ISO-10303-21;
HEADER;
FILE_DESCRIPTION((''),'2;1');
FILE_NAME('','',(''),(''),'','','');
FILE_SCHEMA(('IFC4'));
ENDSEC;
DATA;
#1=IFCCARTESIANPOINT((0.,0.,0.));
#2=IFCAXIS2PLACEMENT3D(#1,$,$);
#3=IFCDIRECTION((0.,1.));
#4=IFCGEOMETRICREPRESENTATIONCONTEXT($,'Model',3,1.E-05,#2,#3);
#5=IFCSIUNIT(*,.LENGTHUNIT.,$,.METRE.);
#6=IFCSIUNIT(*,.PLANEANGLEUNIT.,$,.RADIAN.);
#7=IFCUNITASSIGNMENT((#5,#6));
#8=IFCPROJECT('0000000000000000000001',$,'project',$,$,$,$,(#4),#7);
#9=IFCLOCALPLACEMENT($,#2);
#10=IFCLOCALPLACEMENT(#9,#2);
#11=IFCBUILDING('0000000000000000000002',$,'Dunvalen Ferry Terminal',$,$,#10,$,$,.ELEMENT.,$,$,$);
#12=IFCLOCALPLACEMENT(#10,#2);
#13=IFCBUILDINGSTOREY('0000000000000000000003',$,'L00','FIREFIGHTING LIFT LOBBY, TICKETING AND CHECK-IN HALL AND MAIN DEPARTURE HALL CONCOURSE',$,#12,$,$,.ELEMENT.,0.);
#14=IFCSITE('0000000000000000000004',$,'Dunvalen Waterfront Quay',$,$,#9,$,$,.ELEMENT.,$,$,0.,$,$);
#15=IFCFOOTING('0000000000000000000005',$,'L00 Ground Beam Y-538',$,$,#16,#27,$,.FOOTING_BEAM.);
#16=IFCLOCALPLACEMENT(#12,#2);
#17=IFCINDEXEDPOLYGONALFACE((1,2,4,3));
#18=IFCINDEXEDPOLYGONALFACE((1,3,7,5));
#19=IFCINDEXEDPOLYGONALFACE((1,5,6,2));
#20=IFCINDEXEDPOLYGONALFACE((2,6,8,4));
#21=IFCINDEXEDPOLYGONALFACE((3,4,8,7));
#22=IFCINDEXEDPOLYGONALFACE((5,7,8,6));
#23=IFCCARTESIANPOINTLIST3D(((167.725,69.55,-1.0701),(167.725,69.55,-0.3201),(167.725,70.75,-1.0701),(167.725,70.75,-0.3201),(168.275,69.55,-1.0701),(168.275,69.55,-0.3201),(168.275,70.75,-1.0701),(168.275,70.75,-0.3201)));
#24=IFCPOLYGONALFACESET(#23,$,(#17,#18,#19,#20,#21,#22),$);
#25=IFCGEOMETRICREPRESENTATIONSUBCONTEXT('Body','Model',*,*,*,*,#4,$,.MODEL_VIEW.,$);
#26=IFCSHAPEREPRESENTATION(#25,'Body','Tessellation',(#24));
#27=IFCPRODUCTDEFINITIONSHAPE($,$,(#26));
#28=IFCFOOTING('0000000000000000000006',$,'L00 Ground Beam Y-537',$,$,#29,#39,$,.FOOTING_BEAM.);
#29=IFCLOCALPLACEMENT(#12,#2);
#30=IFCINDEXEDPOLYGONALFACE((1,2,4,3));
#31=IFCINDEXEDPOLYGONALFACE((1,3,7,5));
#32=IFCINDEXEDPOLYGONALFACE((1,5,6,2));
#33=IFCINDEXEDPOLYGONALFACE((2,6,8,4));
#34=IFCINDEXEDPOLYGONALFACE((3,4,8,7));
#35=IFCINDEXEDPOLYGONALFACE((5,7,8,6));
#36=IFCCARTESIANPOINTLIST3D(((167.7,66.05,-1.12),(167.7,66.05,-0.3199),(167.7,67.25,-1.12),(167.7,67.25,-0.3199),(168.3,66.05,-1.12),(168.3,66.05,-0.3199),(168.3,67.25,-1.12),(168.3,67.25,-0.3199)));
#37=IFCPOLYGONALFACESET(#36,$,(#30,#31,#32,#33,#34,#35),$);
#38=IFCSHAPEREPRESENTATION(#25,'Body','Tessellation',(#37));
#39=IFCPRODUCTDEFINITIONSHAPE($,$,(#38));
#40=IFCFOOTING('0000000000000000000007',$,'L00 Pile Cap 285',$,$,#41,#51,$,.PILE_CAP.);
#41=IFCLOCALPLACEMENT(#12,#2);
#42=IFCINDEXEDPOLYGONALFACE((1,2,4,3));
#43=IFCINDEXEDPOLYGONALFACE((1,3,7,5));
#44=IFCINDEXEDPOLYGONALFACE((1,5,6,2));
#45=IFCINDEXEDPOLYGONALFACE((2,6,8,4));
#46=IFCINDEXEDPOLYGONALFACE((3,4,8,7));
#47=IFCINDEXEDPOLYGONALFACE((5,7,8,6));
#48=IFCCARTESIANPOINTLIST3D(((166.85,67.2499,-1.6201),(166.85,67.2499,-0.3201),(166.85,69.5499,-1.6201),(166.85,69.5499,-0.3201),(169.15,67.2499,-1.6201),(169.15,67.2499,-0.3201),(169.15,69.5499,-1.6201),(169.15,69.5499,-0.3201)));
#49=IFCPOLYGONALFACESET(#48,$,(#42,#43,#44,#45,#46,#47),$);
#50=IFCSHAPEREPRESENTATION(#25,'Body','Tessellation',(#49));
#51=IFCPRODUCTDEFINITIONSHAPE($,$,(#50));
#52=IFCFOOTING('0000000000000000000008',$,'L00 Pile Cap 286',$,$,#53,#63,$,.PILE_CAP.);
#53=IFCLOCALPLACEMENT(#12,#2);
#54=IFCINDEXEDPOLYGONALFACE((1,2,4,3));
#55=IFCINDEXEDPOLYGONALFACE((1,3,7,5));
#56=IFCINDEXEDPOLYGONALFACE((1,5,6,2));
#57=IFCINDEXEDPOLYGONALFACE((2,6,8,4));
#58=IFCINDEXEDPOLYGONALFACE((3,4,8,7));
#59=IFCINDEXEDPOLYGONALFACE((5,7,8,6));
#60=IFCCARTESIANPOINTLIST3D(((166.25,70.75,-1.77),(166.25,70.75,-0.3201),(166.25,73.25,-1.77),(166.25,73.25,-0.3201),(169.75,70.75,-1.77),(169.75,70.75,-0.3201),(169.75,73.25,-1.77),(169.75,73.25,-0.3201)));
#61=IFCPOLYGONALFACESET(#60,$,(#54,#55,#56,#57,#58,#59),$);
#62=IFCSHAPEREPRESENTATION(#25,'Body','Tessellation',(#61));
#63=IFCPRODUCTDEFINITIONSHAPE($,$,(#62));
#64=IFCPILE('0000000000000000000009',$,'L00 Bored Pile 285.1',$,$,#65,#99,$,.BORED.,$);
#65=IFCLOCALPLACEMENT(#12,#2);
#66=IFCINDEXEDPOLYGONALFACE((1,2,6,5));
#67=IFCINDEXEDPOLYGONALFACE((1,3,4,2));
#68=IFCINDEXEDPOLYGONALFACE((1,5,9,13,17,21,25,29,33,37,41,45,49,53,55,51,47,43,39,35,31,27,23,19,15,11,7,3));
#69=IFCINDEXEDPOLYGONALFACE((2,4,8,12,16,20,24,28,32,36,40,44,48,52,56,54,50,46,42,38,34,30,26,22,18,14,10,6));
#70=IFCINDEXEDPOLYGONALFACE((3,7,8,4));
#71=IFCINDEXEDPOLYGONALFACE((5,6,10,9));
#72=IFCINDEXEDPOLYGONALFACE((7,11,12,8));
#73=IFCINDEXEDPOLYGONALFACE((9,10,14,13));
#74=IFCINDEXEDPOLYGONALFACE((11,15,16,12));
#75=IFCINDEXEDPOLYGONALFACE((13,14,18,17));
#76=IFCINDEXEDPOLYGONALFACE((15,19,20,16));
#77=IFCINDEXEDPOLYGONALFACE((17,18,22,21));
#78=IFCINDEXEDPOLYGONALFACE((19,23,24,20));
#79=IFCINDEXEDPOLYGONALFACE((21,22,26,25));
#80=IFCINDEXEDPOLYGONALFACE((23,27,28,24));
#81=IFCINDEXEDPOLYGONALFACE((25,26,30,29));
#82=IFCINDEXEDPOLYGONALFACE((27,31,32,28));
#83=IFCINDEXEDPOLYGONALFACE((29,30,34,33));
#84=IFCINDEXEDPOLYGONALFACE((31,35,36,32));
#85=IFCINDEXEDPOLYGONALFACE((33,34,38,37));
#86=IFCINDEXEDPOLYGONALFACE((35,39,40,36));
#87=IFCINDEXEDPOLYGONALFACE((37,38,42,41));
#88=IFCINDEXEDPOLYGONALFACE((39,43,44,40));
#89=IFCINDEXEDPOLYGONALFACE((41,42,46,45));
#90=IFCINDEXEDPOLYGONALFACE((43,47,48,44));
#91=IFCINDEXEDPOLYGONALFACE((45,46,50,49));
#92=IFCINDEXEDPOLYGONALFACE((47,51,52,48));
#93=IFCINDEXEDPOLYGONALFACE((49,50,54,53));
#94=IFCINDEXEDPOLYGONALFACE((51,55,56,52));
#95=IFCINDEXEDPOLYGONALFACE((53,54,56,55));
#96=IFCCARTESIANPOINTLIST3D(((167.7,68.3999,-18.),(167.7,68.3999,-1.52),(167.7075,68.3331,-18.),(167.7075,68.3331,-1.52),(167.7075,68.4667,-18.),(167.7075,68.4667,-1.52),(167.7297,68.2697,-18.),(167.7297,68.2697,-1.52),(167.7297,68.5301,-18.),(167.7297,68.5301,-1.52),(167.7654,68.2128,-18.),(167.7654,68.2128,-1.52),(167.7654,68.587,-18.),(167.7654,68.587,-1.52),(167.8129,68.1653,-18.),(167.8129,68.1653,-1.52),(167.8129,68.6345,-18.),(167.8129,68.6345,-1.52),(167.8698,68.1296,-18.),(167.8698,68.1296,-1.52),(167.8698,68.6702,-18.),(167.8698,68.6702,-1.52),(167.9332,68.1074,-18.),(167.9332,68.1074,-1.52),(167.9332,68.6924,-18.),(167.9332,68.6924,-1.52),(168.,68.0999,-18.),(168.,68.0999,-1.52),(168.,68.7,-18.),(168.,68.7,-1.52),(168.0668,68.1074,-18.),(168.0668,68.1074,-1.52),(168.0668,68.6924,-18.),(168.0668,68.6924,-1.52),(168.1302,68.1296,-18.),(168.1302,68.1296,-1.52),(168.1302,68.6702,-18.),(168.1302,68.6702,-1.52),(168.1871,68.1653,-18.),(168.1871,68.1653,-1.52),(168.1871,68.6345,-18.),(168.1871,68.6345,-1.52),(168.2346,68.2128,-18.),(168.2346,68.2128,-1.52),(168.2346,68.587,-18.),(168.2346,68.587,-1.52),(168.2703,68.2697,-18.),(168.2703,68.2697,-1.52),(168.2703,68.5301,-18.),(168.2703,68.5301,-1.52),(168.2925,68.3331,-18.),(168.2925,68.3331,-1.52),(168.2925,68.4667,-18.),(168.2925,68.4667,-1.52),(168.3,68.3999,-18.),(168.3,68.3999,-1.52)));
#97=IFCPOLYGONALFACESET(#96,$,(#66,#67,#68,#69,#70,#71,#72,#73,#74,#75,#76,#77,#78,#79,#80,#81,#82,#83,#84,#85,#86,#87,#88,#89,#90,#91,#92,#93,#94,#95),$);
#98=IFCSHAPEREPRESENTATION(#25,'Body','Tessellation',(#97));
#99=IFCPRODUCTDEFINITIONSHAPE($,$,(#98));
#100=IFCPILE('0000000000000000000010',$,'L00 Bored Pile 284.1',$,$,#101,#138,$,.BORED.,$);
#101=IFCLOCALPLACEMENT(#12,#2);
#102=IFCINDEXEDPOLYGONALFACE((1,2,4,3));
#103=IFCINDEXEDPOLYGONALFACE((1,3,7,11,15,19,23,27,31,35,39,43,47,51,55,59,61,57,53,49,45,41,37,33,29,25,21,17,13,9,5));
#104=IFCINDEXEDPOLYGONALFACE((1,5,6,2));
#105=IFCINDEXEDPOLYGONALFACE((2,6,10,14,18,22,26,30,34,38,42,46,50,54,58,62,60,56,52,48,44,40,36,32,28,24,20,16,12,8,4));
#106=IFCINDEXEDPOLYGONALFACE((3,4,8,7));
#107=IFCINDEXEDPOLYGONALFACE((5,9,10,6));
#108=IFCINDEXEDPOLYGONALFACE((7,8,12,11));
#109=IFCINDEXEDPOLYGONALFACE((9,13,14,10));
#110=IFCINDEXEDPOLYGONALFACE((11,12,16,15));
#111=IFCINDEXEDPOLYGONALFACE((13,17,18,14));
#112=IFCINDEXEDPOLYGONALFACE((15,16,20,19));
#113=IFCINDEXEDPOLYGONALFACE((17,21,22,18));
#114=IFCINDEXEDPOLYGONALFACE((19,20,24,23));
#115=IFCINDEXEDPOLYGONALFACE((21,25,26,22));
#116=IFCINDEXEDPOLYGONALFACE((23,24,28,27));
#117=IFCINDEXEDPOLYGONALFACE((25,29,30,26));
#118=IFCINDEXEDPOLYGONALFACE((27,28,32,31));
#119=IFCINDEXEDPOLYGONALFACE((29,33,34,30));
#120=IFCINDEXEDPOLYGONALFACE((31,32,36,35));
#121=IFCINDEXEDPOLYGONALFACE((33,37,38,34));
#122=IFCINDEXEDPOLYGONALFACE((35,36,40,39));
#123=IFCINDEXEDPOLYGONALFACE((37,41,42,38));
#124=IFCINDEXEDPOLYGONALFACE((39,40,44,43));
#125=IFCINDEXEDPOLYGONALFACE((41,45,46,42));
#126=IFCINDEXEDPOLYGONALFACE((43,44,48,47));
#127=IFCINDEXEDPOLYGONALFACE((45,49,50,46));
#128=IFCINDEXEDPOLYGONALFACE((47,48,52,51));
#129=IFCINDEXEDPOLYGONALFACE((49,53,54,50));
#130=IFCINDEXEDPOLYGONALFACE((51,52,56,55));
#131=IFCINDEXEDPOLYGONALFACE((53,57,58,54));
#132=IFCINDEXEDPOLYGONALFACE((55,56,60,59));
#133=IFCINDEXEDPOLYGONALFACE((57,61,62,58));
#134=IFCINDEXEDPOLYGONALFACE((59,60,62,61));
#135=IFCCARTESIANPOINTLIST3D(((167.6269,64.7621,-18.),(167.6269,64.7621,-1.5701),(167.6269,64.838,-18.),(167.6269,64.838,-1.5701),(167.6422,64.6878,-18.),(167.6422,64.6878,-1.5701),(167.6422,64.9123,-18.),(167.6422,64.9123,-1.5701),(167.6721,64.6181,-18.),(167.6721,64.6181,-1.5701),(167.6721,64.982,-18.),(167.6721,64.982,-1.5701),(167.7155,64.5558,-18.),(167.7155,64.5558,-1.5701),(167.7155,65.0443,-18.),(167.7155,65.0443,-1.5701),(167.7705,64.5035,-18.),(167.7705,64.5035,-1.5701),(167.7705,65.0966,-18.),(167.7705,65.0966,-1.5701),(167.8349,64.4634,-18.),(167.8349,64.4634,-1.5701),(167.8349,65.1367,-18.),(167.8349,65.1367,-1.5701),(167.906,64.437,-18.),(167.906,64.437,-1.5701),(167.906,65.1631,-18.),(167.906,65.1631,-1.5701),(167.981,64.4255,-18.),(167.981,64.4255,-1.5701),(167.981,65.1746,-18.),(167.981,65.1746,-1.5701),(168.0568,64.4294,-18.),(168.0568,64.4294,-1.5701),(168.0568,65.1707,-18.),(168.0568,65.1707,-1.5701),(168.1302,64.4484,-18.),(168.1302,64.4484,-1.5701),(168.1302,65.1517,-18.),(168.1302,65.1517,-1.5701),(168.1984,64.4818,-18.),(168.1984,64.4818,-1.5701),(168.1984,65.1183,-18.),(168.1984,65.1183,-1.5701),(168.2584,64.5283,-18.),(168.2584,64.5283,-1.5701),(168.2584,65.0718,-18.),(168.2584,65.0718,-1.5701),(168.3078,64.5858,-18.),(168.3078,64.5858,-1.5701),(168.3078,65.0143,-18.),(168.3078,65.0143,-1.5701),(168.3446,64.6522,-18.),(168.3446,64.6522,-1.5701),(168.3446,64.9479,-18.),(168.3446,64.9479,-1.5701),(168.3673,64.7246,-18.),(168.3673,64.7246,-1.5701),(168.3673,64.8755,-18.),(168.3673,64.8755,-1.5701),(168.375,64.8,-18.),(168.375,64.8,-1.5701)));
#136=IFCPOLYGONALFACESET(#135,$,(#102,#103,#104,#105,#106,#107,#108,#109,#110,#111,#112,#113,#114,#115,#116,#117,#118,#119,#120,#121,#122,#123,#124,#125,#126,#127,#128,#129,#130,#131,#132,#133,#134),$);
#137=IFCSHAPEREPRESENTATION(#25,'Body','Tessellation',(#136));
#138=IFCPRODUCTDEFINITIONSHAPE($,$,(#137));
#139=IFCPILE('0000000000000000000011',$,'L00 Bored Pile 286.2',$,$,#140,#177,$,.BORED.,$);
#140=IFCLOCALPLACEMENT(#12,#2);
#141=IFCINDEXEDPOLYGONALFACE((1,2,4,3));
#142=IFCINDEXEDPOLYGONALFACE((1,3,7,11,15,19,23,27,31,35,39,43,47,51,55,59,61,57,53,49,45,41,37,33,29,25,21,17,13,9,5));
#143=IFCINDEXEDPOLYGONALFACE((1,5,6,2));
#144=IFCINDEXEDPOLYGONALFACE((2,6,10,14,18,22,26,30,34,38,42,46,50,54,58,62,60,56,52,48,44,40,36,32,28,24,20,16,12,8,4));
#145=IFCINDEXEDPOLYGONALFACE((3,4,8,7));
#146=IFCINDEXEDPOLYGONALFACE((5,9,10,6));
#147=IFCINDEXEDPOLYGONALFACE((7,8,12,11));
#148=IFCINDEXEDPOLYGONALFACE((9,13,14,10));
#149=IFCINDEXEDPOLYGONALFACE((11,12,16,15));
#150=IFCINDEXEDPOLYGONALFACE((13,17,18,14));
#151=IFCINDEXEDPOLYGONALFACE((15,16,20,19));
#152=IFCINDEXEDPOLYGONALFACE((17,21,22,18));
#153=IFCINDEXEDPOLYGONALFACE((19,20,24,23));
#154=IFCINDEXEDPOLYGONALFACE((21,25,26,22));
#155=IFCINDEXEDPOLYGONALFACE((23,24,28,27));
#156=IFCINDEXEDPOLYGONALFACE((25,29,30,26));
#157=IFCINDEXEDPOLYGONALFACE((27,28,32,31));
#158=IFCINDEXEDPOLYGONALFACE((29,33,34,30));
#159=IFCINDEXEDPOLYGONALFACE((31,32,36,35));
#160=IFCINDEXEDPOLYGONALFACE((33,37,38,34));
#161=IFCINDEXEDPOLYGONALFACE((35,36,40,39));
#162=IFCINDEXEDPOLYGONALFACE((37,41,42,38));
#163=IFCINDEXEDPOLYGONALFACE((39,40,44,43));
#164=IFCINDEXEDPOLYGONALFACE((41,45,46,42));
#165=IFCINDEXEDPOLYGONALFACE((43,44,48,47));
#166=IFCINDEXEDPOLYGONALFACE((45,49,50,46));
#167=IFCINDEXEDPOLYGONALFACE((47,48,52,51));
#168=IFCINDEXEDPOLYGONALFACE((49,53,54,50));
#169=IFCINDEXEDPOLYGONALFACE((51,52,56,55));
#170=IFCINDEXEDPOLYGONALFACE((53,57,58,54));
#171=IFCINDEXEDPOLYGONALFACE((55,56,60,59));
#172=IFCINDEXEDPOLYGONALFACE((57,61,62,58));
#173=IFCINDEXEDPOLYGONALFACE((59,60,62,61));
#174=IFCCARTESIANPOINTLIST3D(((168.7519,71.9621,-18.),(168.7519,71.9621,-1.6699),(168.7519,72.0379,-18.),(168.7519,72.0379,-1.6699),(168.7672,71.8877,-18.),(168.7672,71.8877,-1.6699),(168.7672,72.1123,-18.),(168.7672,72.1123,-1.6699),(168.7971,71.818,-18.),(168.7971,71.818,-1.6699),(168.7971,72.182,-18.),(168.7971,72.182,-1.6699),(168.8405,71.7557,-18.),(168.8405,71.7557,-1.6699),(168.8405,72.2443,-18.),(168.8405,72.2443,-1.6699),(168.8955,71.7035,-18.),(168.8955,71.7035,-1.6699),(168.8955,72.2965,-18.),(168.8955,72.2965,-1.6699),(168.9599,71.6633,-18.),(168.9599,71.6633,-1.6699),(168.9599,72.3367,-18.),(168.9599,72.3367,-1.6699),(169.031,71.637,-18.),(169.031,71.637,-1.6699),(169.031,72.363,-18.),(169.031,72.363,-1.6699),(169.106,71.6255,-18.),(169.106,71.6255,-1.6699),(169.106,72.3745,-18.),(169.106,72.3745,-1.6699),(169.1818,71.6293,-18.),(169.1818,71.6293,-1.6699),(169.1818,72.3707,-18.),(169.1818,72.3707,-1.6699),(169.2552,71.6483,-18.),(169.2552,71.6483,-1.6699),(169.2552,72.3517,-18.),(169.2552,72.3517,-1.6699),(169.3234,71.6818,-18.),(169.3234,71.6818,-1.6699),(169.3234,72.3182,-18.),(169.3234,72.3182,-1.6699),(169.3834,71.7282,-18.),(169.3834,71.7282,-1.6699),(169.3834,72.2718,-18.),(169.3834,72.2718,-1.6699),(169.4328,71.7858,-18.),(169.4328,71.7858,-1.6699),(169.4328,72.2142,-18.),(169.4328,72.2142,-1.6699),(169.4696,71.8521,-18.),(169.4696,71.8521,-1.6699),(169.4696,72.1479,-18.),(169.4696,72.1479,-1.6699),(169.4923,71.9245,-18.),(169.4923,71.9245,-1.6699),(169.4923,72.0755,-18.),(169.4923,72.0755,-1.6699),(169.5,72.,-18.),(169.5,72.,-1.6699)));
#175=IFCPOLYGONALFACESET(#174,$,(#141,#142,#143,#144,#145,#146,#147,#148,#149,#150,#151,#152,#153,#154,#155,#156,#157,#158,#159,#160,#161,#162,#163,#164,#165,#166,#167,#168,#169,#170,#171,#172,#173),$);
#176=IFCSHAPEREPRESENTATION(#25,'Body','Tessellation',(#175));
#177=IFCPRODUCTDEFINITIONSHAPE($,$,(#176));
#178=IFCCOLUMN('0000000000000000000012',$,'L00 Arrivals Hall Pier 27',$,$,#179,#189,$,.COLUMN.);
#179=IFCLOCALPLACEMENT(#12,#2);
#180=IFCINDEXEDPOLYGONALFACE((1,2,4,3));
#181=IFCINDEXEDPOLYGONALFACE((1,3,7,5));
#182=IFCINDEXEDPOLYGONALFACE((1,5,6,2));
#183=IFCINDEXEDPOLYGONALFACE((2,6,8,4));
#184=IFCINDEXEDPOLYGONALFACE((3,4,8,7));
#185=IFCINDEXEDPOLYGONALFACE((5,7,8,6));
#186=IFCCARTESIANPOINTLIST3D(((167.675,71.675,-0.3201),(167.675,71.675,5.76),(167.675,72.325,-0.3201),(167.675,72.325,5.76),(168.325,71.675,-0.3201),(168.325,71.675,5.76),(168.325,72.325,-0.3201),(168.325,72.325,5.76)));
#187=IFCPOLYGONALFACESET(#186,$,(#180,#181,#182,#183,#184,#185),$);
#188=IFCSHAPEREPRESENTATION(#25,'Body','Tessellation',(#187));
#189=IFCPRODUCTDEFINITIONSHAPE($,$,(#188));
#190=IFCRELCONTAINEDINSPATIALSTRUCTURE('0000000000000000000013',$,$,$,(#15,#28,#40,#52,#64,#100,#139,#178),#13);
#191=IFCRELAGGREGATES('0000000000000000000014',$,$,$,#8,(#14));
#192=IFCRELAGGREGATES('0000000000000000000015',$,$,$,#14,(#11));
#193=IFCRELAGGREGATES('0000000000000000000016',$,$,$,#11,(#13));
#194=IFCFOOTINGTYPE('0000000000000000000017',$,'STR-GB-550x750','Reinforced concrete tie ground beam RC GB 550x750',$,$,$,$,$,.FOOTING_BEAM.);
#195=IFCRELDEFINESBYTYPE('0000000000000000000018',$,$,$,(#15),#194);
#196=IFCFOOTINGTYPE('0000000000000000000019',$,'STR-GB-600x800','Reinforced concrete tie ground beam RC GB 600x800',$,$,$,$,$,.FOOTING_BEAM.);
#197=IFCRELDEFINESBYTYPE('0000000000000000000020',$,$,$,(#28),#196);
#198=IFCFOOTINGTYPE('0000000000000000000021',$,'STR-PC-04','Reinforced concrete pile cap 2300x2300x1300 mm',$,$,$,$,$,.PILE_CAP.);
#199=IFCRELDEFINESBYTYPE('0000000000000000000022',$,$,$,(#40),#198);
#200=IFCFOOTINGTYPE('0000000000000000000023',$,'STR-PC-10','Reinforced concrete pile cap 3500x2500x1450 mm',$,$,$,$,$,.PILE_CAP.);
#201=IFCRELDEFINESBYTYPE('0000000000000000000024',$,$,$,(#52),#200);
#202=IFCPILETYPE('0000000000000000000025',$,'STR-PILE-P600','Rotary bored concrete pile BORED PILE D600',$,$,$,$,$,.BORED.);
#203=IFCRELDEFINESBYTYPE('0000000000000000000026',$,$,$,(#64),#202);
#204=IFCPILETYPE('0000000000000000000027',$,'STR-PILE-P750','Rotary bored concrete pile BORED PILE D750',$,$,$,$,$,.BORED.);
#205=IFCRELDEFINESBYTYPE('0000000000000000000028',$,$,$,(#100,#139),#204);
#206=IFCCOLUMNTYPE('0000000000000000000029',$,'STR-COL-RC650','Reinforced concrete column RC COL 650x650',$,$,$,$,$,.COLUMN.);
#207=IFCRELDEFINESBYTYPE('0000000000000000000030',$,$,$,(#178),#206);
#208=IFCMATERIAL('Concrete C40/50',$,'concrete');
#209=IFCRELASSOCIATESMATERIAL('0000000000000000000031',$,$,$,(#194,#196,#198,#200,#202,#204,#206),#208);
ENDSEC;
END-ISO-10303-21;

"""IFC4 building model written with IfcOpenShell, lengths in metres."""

from ifc_helpers import new_model, si_unit, direction, frame, origin, origin_2d, place, context, subcontext, project, spatial, rectangle, circle, extrude, material, material_profile, profile_set, type_object, element, save


model = new_model("IFC4")

# Units and contexts
model_context = context("Model", 3, precision=1e-05, world=origin(), true_north=direction((0.0, 1.0)))
body_context = subcontext(model_context, "Body", "Model", "MODEL_VIEW")
ifc_project = project(units=[si_unit("LENGTHUNIT", "METRE"), si_unit("PLANEANGLEUNIT", "RADIAN")], contexts=[model_context])

# Site, building, storey
site_placement = place(None, origin())
site = spatial("IfcSite", under=ifc_project, at=site_placement, Name="Dunvalen Waterfront Quay", CompositionType="ELEMENT", RefElevation=0.0)
building_placement = place(site_placement, origin())
building = spatial("IfcBuilding", under=site, at=building_placement, Name="Dunvalen Ferry Terminal", CompositionType="ELEMENT")
storey_placement = place(building_placement, origin())
storey = spatial("IfcBuildingStorey", under=building, at=storey_placement, Name="L00", Description="FIREFIGHTING LIFT LOBBY, TICKETING AND CHECK-IN HALL AND MAIN DEPARTURE HALL CONCOURSE", CompositionType="ELEMENT", Elevation=0.0)

# Footings
ifc_material_1 = material(Name="Concrete C40/50", Category="concrete")
ifc_material_profile_1 = material_profile(ifc_material_1, rectangle(XDim=0.55, YDim=0.75, at=origin_2d()), Name="Concrete C40/50")
ifc_profile_set_1 = profile_set([ifc_material_profile_1], Name="Concrete C40/50")
footing_type_1 = type_object("IfcFootingType", Name="STR-GB-550x750", Description="Reinforced concrete tie ground beam RC GB 550x750", PredefinedType="FOOTING_BEAM", material=ifc_profile_set_1)
footing_1_placement = place(storey_placement, frame((168.0, 69.55, -0.6951), z_axis=(0.0, 1.0, 0.0), x_axis=(-1.0, 0.0, 0.0)))
element("IfcFooting", 1, at=footing_1_placement, inside=storey, type_object=footing_type_1, Name="L00 Ground Beam Y-538", PredefinedType="FOOTING_BEAM", context=body_context, shape_type="SweptSolid", body=[
    extrude(rectangle(XDim=0.55, YDim=0.75, at=origin_2d()), origin(), (0.0, 0.0, 1.0), 1.2),
])
ifc_material_profile_2 = material_profile(ifc_material_1, rectangle(XDim=0.6001, YDim=0.8, at=origin_2d()), Name="Concrete C40/50")
ifc_profile_set_2 = profile_set([ifc_material_profile_2], Name="Concrete C40/50")
footing_type_2 = type_object("IfcFootingType", Name="STR-GB-600x800", Description="Reinforced concrete tie ground beam RC GB 600x800", PredefinedType="FOOTING_BEAM", material=ifc_profile_set_2)
footing_2_placement = place(storey_placement, frame((168.0, 66.05, -0.72), z_axis=(0.0, 1.0, 0.0), x_axis=(-1.0, 0.0, 0.0)))
element("IfcFooting", 2, at=footing_2_placement, inside=storey, type_object=footing_type_2, Name="L00 Ground Beam Y-537", PredefinedType="FOOTING_BEAM", context=body_context, shape_type="SweptSolid", body=[
    extrude(rectangle(XDim=0.6001, YDim=0.8, at=origin_2d()), origin(), (0.0, 0.0, 1.0), 1.2),
])
footing_type_3 = type_object("IfcFootingType", Name="STR-PC-04", Description="Reinforced concrete pile cap 2300x2300x1300 mm", PredefinedType="PILE_CAP", material=ifc_material_1)
footing_3_placement = place(storey_placement, frame((168.0, 68.3999, -1.6201), z_axis=(0.0, 0.0, 1.0), x_axis=(1.0, 0.0, 0.0)))
element("IfcFooting", 3, at=footing_3_placement, inside=storey, type_object=footing_type_3, Name="L00 Pile Cap 285", PredefinedType="PILE_CAP", context=body_context, shape_type="SweptSolid", body=[
    extrude(rectangle(XDim=2.3, YDim=2.3, at=origin_2d()), origin(), (0.0, 0.0, 1.0), 1.3),
])
footing_type_4 = type_object("IfcFootingType", Name="STR-PC-10", Description="Reinforced concrete pile cap 3500x2500x1450 mm", PredefinedType="PILE_CAP", material=ifc_material_1)
footing_4_placement = place(storey_placement, frame((168.0, 72.0, -1.77), z_axis=(0.0, 0.0, 1.0), x_axis=(1.0, 0.0, 0.0)))
element("IfcFooting", 4, at=footing_4_placement, inside=storey, type_object=footing_type_4, Name="L00 Pile Cap 286", PredefinedType="PILE_CAP", context=body_context, shape_type="SweptSolid", body=[
    extrude(rectangle(XDim=3.5, YDim=2.5, at=origin_2d()), origin(), (0.0, 0.0, 1.0), 1.45),
])

# Piles
ifc_material_profile_3 = material_profile(ifc_material_1, circle(Radius=0.3, at=origin_2d()), Name="Concrete C40/50")
ifc_profile_set_3 = profile_set([ifc_material_profile_3], Name="Concrete C40/50")
pile_type_1 = type_object("IfcPileType", Name="STR-PILE-P600", Description="Rotary bored concrete pile BORED PILE D600", PredefinedType="BORED", material=ifc_profile_set_3)
pile_1_placement = place(storey_placement, frame((168.0, 68.3999, -1.52), z_axis=(0.0, 0.0, -1.0), x_axis=(1.0, 0.0, 0.0)))
element("IfcPile", 5, at=pile_1_placement, inside=storey, type_object=pile_type_1, Name="L00 Bored Pile 285.1", PredefinedType="BORED", context=body_context, shape_type="SweptSolid", body=[
    extrude(circle(Radius=0.3, at=origin_2d()), origin(), (0.0, 0.0, 1.0), 16.48),
])
ifc_material_profile_4 = material_profile(ifc_material_1, circle(Radius=0.375, at=origin_2d()), Name="Concrete C40/50")
ifc_profile_set_4 = profile_set([ifc_material_profile_4], Name="Concrete C40/50")
pile_type_2 = type_object("IfcPileType", Name="STR-PILE-P750", Description="Rotary bored concrete pile BORED PILE D750", PredefinedType="BORED", material=ifc_profile_set_4)
pile_2_placement = place(storey_placement, frame((168.0, 64.8, -1.5701), z_axis=(0.0, 0.0, -1.0), x_axis=(1.0, 0.0, 0.0)))
element("IfcPile", 6, at=pile_2_placement, inside=storey, type_object=pile_type_2, Name="L00 Bored Pile 284.1", PredefinedType="BORED", context=body_context, shape_type="SweptSolid", body=[
    extrude(circle(Radius=0.375, at=origin_2d()), origin(), (0.0, 0.0, 1.0), 16.4299),
])
pile_3_placement = place(storey_placement, frame((169.125, 72.0, -1.6699), z_axis=(0.0, 0.0, -1.0), x_axis=(1.0, 0.0, 0.0)))
element("IfcPile", 7, at=pile_3_placement, inside=storey, type_object=pile_type_2, Name="L00 Bored Pile 286.2", PredefinedType="BORED", context=body_context, shape_type="SweptSolid", body=[
    extrude(circle(Radius=0.375, at=origin_2d()), origin(), (0.0, 0.0, 1.0), 16.3301),
])

# Column
ifc_material_profile_5 = material_profile(ifc_material_1, rectangle(XDim=0.6499, YDim=0.6499, at=origin_2d()), Name="Concrete C40/50")
ifc_profile_set_5 = profile_set([ifc_material_profile_5], Name="Concrete C40/50")
column_type_1 = type_object("IfcColumnType", Name="STR-COL-RC650", Description="Reinforced concrete column RC COL 650x650", PredefinedType="COLUMN", material=ifc_profile_set_5)
column_1_placement = place(storey_placement, frame((168.0, 72.0, -0.3201), z_axis=(0.0, 0.0, 1.0), x_axis=(1.0, 0.0, 0.0)))
element("IfcColumn", 8, at=column_1_placement, inside=storey, type_object=column_type_1, Name="L00 Arrivals Hall Pier 27", PredefinedType="COLUMN", context=body_context, shape_type="SweptSolid", body=[
    extrude(rectangle(XDim=0.6499, YDim=0.6499, at=origin_2d()), origin(), (0.0, 0.0, 1.0), 6.0801),
])

save(model, "model.ifc")
